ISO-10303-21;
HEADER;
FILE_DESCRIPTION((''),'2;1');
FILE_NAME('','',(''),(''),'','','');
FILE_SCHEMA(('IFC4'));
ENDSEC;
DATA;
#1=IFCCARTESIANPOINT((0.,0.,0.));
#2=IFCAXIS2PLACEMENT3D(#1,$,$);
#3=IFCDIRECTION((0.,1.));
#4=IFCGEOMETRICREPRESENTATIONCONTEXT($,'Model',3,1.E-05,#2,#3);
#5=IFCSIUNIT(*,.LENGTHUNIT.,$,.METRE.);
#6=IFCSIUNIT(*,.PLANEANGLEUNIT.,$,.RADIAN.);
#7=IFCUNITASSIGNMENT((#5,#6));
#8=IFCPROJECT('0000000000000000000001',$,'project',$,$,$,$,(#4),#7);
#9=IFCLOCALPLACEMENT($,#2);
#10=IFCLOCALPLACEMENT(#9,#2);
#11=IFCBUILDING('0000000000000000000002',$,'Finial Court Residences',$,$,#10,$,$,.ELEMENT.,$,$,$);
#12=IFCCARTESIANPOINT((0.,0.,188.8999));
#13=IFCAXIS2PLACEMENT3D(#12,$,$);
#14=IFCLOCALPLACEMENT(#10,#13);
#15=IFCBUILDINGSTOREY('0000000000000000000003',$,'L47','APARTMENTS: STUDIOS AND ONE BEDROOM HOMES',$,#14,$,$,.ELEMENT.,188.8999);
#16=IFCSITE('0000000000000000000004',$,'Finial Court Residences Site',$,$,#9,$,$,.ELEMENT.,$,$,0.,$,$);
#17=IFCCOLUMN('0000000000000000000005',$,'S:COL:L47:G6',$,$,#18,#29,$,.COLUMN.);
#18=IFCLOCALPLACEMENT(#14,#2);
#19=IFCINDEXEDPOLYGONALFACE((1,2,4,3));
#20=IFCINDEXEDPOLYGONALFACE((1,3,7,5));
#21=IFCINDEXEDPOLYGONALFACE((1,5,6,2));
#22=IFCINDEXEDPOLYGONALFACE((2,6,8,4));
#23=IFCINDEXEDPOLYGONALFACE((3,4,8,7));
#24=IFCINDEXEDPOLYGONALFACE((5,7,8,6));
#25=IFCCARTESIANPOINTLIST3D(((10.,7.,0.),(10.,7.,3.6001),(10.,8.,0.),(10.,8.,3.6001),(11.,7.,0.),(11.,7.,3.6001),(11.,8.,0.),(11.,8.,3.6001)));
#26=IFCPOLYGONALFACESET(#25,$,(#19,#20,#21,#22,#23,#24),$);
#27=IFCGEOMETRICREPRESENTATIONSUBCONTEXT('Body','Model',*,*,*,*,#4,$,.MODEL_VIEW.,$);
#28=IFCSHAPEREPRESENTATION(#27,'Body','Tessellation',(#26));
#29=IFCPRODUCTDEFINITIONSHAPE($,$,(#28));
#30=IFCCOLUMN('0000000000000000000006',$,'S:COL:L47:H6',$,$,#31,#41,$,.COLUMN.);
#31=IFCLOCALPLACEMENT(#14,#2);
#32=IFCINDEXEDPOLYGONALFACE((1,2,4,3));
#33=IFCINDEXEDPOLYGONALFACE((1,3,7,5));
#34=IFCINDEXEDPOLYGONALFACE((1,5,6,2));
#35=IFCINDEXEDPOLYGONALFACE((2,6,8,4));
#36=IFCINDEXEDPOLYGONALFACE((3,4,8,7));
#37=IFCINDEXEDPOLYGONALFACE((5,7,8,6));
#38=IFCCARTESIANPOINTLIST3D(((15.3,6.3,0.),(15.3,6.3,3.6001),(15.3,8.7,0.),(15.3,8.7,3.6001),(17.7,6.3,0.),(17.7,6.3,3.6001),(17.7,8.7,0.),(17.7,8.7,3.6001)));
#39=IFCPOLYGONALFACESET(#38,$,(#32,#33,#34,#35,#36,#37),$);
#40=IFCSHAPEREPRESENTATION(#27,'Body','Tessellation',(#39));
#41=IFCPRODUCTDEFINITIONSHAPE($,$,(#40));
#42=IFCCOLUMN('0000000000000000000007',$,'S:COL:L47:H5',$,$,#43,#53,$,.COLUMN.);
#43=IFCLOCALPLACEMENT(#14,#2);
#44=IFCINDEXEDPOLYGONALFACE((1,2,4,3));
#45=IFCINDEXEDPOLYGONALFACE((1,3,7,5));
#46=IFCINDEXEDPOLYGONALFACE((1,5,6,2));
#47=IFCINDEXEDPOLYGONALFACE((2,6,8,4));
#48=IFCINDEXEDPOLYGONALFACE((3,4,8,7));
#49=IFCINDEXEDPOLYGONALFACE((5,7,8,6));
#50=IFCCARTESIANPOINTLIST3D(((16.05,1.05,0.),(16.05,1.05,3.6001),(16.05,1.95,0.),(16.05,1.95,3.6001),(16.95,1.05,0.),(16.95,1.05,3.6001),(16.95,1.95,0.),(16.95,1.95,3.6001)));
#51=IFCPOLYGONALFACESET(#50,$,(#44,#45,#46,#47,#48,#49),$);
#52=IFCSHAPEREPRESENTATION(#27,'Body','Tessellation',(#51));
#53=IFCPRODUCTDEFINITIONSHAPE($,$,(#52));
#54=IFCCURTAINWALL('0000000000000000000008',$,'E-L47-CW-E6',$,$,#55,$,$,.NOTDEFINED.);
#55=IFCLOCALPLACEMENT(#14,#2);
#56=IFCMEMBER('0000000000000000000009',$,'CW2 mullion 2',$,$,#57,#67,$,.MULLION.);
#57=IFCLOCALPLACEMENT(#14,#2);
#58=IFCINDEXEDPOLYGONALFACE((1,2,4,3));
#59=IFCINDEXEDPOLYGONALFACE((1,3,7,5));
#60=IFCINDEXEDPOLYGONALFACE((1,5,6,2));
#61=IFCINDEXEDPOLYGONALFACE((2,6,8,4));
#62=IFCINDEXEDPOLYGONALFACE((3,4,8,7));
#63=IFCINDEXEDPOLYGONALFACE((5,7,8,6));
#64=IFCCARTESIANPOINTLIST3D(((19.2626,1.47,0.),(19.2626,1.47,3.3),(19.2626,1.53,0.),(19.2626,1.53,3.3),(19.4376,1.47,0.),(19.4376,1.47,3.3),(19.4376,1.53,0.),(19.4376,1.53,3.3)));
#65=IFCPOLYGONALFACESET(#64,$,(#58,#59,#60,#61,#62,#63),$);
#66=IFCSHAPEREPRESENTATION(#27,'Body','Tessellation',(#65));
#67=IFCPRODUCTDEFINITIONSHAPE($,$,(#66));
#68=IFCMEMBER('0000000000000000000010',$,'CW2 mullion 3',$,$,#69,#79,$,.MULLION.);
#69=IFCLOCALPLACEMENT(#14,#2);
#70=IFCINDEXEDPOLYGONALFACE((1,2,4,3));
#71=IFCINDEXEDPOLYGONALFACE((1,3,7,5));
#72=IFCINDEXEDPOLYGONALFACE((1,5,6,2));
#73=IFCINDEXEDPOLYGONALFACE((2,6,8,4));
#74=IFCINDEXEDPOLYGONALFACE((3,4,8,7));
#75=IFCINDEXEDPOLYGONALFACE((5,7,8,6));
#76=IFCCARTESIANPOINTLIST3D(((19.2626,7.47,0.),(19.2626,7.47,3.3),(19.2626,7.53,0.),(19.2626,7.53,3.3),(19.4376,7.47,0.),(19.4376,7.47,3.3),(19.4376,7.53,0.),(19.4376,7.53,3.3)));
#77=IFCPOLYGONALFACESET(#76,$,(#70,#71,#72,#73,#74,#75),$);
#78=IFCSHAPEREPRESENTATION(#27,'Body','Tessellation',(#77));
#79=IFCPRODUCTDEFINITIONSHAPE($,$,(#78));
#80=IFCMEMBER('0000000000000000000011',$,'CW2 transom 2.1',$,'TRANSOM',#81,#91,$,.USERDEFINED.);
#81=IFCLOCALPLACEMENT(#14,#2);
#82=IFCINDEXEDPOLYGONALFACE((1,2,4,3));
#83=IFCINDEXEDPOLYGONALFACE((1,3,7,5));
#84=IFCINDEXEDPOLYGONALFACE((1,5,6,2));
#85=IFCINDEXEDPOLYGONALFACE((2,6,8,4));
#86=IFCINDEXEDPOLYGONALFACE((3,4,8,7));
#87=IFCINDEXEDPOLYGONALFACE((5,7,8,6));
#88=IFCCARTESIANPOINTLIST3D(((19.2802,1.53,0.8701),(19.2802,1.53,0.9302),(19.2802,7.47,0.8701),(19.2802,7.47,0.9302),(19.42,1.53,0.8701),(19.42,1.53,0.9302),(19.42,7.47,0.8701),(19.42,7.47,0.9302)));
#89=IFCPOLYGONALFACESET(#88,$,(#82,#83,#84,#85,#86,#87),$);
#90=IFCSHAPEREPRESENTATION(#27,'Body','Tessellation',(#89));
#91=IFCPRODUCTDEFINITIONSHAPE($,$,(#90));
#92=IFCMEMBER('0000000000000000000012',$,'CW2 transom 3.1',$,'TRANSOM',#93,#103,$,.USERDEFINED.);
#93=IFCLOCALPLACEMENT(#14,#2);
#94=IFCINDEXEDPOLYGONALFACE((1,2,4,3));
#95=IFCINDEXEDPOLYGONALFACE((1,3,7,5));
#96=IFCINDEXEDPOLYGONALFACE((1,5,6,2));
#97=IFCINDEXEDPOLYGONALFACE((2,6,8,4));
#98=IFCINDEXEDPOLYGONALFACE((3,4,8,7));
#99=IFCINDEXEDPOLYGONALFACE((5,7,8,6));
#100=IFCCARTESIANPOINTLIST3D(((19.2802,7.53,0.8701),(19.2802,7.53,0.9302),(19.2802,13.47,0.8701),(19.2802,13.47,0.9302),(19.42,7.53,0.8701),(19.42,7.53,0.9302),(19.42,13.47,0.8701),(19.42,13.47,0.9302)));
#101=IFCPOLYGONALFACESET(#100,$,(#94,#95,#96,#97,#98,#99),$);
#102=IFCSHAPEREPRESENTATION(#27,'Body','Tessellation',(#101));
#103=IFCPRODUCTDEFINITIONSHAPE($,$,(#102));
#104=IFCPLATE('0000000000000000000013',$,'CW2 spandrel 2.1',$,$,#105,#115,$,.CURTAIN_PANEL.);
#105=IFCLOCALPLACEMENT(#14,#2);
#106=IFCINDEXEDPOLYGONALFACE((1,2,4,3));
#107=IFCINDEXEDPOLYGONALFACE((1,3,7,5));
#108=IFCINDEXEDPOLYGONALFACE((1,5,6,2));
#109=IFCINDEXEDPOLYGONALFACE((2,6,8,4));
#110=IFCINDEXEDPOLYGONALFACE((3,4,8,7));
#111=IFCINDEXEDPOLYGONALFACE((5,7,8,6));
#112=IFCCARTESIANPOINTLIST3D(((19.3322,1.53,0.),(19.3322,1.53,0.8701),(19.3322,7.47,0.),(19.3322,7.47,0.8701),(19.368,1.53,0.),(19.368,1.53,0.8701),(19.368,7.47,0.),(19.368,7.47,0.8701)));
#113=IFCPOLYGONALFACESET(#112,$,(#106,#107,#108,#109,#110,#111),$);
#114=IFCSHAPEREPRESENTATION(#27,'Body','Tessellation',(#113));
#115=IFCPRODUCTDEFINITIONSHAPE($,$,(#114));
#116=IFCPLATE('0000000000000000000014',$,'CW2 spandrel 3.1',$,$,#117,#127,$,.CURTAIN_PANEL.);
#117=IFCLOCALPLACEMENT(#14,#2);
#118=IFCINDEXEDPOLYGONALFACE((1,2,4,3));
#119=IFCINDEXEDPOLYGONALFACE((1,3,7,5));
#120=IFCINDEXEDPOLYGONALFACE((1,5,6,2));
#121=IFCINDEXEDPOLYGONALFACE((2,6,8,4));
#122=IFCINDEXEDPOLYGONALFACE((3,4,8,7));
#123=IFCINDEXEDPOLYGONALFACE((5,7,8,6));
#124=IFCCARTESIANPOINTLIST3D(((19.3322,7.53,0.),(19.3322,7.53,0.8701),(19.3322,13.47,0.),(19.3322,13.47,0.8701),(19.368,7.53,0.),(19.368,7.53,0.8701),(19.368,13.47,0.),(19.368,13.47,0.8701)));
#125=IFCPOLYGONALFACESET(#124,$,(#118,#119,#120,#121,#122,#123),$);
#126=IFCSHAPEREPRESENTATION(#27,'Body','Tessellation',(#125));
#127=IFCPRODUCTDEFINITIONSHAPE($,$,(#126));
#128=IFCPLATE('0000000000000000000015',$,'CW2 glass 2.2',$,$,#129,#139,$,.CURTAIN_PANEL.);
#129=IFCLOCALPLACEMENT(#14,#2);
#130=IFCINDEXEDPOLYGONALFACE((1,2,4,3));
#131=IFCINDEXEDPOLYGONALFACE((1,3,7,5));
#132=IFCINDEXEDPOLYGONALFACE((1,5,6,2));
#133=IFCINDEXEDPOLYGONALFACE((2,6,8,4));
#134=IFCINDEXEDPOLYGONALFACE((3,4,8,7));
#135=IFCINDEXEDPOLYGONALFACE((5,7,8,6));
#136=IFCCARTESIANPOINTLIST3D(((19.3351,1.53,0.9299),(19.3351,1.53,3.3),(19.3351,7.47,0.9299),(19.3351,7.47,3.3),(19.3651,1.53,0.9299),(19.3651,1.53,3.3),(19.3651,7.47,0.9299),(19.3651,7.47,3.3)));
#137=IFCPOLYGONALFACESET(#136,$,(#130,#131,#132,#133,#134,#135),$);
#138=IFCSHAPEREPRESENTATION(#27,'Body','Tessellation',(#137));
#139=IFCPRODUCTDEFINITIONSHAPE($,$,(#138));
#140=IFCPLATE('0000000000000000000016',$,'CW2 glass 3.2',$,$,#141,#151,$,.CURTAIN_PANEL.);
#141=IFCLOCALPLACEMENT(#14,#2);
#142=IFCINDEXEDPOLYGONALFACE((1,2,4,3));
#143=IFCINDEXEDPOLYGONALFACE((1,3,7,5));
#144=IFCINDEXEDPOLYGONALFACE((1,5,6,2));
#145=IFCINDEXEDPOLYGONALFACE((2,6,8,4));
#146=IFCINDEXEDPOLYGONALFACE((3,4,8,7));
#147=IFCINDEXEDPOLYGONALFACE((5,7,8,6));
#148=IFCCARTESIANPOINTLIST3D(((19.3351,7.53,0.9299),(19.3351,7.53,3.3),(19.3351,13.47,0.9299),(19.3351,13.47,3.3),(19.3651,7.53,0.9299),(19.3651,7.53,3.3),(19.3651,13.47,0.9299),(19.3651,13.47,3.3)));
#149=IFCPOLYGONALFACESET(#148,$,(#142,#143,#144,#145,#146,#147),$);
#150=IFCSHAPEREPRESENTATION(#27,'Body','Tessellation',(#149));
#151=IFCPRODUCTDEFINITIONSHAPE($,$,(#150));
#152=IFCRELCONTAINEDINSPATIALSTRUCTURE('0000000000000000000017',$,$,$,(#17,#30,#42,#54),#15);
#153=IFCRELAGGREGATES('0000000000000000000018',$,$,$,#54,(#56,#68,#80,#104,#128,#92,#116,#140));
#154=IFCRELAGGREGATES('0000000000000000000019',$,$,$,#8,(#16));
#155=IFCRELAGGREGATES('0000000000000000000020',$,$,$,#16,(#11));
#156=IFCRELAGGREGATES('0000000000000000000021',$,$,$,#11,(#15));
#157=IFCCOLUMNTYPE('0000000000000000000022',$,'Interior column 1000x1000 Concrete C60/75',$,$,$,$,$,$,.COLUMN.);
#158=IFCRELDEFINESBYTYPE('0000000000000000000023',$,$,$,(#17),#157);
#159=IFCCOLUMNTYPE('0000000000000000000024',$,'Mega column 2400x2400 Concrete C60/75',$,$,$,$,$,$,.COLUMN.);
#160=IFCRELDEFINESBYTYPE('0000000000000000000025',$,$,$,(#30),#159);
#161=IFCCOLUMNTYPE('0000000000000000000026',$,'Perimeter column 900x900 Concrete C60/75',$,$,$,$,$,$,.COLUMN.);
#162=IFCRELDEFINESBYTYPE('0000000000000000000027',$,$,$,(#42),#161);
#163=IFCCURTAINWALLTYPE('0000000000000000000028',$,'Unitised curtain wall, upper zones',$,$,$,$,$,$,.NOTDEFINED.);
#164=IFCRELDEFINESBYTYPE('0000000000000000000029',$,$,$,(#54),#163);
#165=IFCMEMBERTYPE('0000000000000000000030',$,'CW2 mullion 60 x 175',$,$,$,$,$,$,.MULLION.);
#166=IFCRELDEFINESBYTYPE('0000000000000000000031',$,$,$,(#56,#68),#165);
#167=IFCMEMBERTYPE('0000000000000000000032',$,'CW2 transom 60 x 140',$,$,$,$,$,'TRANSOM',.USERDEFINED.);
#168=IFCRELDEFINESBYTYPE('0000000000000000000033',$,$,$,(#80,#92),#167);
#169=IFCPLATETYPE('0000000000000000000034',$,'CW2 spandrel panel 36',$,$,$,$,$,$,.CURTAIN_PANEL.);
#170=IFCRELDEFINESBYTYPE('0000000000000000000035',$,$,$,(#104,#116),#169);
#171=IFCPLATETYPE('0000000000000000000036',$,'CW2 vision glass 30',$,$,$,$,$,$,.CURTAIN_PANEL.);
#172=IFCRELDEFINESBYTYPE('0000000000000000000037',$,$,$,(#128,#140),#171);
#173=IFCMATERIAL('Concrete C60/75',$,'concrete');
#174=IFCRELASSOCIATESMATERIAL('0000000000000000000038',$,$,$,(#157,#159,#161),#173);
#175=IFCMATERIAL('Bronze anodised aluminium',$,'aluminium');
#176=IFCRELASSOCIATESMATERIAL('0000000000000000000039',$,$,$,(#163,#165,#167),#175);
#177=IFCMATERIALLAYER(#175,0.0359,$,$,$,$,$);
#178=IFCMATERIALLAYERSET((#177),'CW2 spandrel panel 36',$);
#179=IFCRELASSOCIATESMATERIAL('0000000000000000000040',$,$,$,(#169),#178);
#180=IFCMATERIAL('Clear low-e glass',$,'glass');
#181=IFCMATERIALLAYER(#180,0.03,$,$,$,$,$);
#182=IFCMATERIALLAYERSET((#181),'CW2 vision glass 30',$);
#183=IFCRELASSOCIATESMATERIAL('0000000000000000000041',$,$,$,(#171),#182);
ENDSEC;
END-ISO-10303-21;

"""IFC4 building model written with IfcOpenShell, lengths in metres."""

from ifc_helpers import new_model, si_unit, direction, frame, origin, origin_2d, place, context, subcontext, project, spatial, rectangle, extrude, material, layer, layer_set, material_profile, profile_set, type_object, element, aggregate, save


model = new_model("IFC4")

# Units and contexts
model_context = context("Model", 3, precision=1e-05, world=origin(), true_north=direction((0.0, 1.0)))
body_context = subcontext(model_context, "Body", "Model", "MODEL_VIEW")
ifc_project = project(units=[si_unit("LENGTHUNIT", "METRE"), si_unit("PLANEANGLEUNIT", "RADIAN")], contexts=[model_context])

# Site, building, storey
site_placement = place(None, origin())
site = spatial("IfcSite", under=ifc_project, at=site_placement, Name="Finial Court Residences Site", CompositionType="ELEMENT", RefElevation=0.0)
building_placement = place(site_placement, origin())
building = spatial("IfcBuilding", under=site, at=building_placement, Name="Finial Court Residences", CompositionType="ELEMENT")
storey_placement = place(building_placement, frame((0.0, 0.0, 188.8999)))
storey = spatial("IfcBuildingStorey", under=building, at=storey_placement, Name="L47", Description="APARTMENTS: STUDIOS AND ONE BEDROOM HOMES", CompositionType="ELEMENT", Elevation=188.8999)

# Columns
ifc_material_1 = material(Name="Concrete C60/75", Category="concrete")
ifc_material_profile_1 = material_profile(ifc_material_1, rectangle(XDim=1.0, YDim=1.0, at=origin_2d()), Name="1000x1000")
ifc_profile_set_1 = profile_set([ifc_material_profile_1], Name="Concrete C60/75")
column_type_1 = type_object("IfcColumnType", Name="Interior column 1000x1000 Concrete C60/75", PredefinedType="COLUMN", material=ifc_profile_set_1)
column_1_placement = place(storey_placement, frame((10.5, 7.5, 0.0), z_axis=(0.0, 0.0, 1.0), x_axis=(1.0, 0.0, 0.0)))
element("IfcColumn", 1, at=column_1_placement, inside=storey, type_object=column_type_1, Name="S:COL:L47:G6", PredefinedType="COLUMN", context=body_context, shape_type="SweptSolid", body=[
    extrude(rectangle(XDim=1.0, YDim=1.0, at=origin_2d()), origin(), (0.0, 0.0, 1.0), 3.6001),
])
ifc_material_profile_2 = material_profile(ifc_material_1, rectangle(XDim=2.3999, YDim=2.3999, at=origin_2d()), Name="2400x2400")
ifc_profile_set_2 = profile_set([ifc_material_profile_2], Name="Concrete C60/75")
column_type_2 = type_object("IfcColumnType", Name="Mega column 2400x2400 Concrete C60/75", PredefinedType="COLUMN", material=ifc_profile_set_2)
column_2_placement = place(storey_placement, frame((16.5, 7.5, 0.0), z_axis=(0.0, 0.0, 1.0), x_axis=(1.0, 0.0, 0.0)))
element("IfcColumn", 2, at=column_2_placement, inside=storey, type_object=column_type_2, Name="S:COL:L47:H6", PredefinedType="COLUMN", context=body_context, shape_type="SweptSolid", body=[
    extrude(rectangle(XDim=2.3999, YDim=2.3999, at=origin_2d()), origin(), (0.0, 0.0, 1.0), 3.6001),
])
ifc_material_profile_3 = material_profile(ifc_material_1, rectangle(XDim=0.8999, YDim=0.8999, at=origin_2d()), Name="900x900")
ifc_profile_set_3 = profile_set([ifc_material_profile_3], Name="Concrete C60/75")
column_type_3 = type_object("IfcColumnType", Name="Perimeter column 900x900 Concrete C60/75", PredefinedType="COLUMN", material=ifc_profile_set_3)
column_3_placement = place(storey_placement, frame((16.5, 1.5, 0.0), z_axis=(0.0, 0.0, 1.0), x_axis=(1.0, 0.0, 0.0)))
element("IfcColumn", 3, at=column_3_placement, inside=storey, type_object=column_type_3, Name="S:COL:L47:H5", PredefinedType="COLUMN", context=body_context, shape_type="SweptSolid", body=[
    extrude(rectangle(XDim=0.8999, YDim=0.8999, at=origin_2d()), origin(), (0.0, 0.0, 1.0), 3.6001),
])

# Curtain wall, members, plates
ifc_material_2 = material(Name="Bronze anodised aluminium", Category="aluminium")
curtain_wall_type = type_object("IfcCurtainWallType", Name="Unitised curtain wall, upper zones", PredefinedType="NOTDEFINED", material=ifc_material_2)
curtain_wall_placement = place(storey_placement, origin())
curtain_wall = element("IfcCurtainWall", 4, at=curtain_wall_placement, inside=storey, type_object=curtain_wall_type, Name="E-L47-CW-E6", PredefinedType="NOTDEFINED")
ifc_material_profile_4 = material_profile(ifc_material_2, rectangle(XDim=0.175, YDim=0.0601, at=origin_2d()), Name="CW2 mullion 60 x 175")
ifc_profile_set_4 = profile_set([ifc_material_profile_4], Name="Bronze anodised aluminium")
member_type_1 = type_object("IfcMemberType", Name="CW2 mullion 60 x 175", PredefinedType="MULLION", material=ifc_profile_set_4)
member_1_placement = place(storey_placement, frame((19.3501, 1.5, 0.0), z_axis=(0.0, 0.0, 1.0), x_axis=(-1.0, 0.0, 0.0)))
member_1 = element("IfcMember", 5, at=member_1_placement, type_object=member_type_1, Name="CW2 mullion 2", PredefinedType="MULLION", context=body_context, shape_type="SweptSolid", body=[
    extrude(rectangle(XDim=0.175, YDim=0.0601, at=origin_2d()), origin(), (0.0, 0.0, 1.0), 3.3),
])
member_2_placement = place(storey_placement, frame((19.3501, 7.5, 0.0), z_axis=(0.0, 0.0, 1.0), x_axis=(-1.0, 0.0, 0.0)))
member_2 = element("IfcMember", 6, at=member_2_placement, type_object=member_type_1, Name="CW2 mullion 3", PredefinedType="MULLION", context=body_context, shape_type="SweptSolid", body=[
    extrude(rectangle(XDim=0.175, YDim=0.0601, at=origin_2d()), origin(), (0.0, 0.0, 1.0), 3.3),
])
ifc_material_profile_5 = material_profile(ifc_material_2, rectangle(XDim=0.1399, YDim=0.0601, at=origin_2d()), Name="CW2 transom 60 x 140")
ifc_profile_set_5 = profile_set([ifc_material_profile_5], Name="Bronze anodised aluminium")
member_type_2 = type_object("IfcMemberType", Name="CW2 transom 60 x 140", ElementType="TRANSOM", PredefinedType="USERDEFINED", material=ifc_profile_set_5)
member_3_placement = place(storey_placement, frame((19.3501, 1.53, 0.9001), z_axis=(0.0, 1.0, 0.0), x_axis=(-1.0, 0.0, 0.0)))
member_3 = element("IfcMember", 7, at=member_3_placement, type_object=member_type_2, Name="CW2 transom 2.1", ObjectType="TRANSOM", PredefinedType="USERDEFINED", context=body_context, shape_type="SweptSolid", body=[
    extrude(rectangle(XDim=0.1399, YDim=0.0601, at=origin_2d()), origin(), (0.0, 0.0, 1.0), 5.9399),
])
member_4_placement = place(storey_placement, frame((19.3501, 7.53, 0.9001), z_axis=(0.0, 1.0, 0.0), x_axis=(-1.0, 0.0, 0.0)))
member_4 = element("IfcMember", 8, at=member_4_placement, type_object=member_type_2, Name="CW2 transom 3.1", ObjectType="TRANSOM", PredefinedType="USERDEFINED", context=body_context, shape_type="SweptSolid", body=[
    extrude(rectangle(XDim=0.1399, YDim=0.0601, at=origin_2d()), origin(), (0.0, 0.0, 1.0), 5.9399),
])
ifc_layer_1 = layer(ifc_material_2, 0.0359)
ifc_layer_set_1 = layer_set([ifc_layer_1], Name="CW2 spandrel panel 36")
plate_type_1 = type_object("IfcPlateType", Name="CW2 spandrel panel 36", PredefinedType="CURTAIN_PANEL", material=ifc_layer_set_1)
plate_1_placement = place(storey_placement, frame((19.3501, 4.5, 0.0), z_axis=(0.0, 0.0, 1.0), x_axis=(0.0, 1.0, 0.0)))
plate_1 = element("IfcPlate", 9, at=plate_1_placement, type_object=plate_type_1, Name="CW2 spandrel 2.1", PredefinedType="CURTAIN_PANEL", context=body_context, shape_type="SweptSolid", body=[
    extrude(rectangle(XDim=5.9399, YDim=0.0359, at=origin_2d()), origin(), (0.0, 0.0, 1.0), 0.8701),
])
plate_2_placement = place(storey_placement, frame((19.3501, 10.5, 0.0), z_axis=(0.0, 0.0, 1.0), x_axis=(0.0, 1.0, 0.0)))
plate_2 = element("IfcPlate", 10, at=plate_2_placement, type_object=plate_type_1, Name="CW2 spandrel 3.1", PredefinedType="CURTAIN_PANEL", context=body_context, shape_type="SweptSolid", body=[
    extrude(rectangle(XDim=5.9399, YDim=0.0359, at=origin_2d()), origin(), (0.0, 0.0, 1.0), 0.8701),
])
ifc_material_3 = material(Name="Clear low-e glass", Category="glass")
ifc_layer_2 = layer(ifc_material_3, 0.03)
ifc_layer_set_2 = layer_set([ifc_layer_2], Name="CW2 vision glass 30")
plate_type_2 = type_object("IfcPlateType", Name="CW2 vision glass 30", PredefinedType="CURTAIN_PANEL", material=ifc_layer_set_2)
plate_3_placement = place(storey_placement, frame((19.3501, 4.5, 0.9299), z_axis=(0.0, 0.0, 1.0), x_axis=(0.0, 1.0, 0.0)))
plate_3 = element("IfcPlate", 11, at=plate_3_placement, type_object=plate_type_2, Name="CW2 glass 2.2", PredefinedType="CURTAIN_PANEL", context=body_context, shape_type="SweptSolid", body=[
    extrude(rectangle(XDim=5.9399, YDim=0.03, at=origin_2d()), origin(), (0.0, 0.0, 1.0), 2.3701),
])
plate_4_placement = place(storey_placement, frame((19.3501, 10.5, 0.9299), z_axis=(0.0, 0.0, 1.0), x_axis=(0.0, 1.0, 0.0)))
plate_4 = element("IfcPlate", 12, at=plate_4_placement, type_object=plate_type_2, Name="CW2 glass 3.2", PredefinedType="CURTAIN_PANEL", context=body_context, shape_type="SweptSolid", body=[
    extrude(rectangle(XDim=5.9399, YDim=0.03, at=origin_2d()), origin(), (0.0, 0.0, 1.0), 2.3701),
])
aggregate(curtain_wall, [member_1, member_2, member_3, plate_1, plate_3, member_4, plate_2, plate_4])

save(model, "model.ifc")
